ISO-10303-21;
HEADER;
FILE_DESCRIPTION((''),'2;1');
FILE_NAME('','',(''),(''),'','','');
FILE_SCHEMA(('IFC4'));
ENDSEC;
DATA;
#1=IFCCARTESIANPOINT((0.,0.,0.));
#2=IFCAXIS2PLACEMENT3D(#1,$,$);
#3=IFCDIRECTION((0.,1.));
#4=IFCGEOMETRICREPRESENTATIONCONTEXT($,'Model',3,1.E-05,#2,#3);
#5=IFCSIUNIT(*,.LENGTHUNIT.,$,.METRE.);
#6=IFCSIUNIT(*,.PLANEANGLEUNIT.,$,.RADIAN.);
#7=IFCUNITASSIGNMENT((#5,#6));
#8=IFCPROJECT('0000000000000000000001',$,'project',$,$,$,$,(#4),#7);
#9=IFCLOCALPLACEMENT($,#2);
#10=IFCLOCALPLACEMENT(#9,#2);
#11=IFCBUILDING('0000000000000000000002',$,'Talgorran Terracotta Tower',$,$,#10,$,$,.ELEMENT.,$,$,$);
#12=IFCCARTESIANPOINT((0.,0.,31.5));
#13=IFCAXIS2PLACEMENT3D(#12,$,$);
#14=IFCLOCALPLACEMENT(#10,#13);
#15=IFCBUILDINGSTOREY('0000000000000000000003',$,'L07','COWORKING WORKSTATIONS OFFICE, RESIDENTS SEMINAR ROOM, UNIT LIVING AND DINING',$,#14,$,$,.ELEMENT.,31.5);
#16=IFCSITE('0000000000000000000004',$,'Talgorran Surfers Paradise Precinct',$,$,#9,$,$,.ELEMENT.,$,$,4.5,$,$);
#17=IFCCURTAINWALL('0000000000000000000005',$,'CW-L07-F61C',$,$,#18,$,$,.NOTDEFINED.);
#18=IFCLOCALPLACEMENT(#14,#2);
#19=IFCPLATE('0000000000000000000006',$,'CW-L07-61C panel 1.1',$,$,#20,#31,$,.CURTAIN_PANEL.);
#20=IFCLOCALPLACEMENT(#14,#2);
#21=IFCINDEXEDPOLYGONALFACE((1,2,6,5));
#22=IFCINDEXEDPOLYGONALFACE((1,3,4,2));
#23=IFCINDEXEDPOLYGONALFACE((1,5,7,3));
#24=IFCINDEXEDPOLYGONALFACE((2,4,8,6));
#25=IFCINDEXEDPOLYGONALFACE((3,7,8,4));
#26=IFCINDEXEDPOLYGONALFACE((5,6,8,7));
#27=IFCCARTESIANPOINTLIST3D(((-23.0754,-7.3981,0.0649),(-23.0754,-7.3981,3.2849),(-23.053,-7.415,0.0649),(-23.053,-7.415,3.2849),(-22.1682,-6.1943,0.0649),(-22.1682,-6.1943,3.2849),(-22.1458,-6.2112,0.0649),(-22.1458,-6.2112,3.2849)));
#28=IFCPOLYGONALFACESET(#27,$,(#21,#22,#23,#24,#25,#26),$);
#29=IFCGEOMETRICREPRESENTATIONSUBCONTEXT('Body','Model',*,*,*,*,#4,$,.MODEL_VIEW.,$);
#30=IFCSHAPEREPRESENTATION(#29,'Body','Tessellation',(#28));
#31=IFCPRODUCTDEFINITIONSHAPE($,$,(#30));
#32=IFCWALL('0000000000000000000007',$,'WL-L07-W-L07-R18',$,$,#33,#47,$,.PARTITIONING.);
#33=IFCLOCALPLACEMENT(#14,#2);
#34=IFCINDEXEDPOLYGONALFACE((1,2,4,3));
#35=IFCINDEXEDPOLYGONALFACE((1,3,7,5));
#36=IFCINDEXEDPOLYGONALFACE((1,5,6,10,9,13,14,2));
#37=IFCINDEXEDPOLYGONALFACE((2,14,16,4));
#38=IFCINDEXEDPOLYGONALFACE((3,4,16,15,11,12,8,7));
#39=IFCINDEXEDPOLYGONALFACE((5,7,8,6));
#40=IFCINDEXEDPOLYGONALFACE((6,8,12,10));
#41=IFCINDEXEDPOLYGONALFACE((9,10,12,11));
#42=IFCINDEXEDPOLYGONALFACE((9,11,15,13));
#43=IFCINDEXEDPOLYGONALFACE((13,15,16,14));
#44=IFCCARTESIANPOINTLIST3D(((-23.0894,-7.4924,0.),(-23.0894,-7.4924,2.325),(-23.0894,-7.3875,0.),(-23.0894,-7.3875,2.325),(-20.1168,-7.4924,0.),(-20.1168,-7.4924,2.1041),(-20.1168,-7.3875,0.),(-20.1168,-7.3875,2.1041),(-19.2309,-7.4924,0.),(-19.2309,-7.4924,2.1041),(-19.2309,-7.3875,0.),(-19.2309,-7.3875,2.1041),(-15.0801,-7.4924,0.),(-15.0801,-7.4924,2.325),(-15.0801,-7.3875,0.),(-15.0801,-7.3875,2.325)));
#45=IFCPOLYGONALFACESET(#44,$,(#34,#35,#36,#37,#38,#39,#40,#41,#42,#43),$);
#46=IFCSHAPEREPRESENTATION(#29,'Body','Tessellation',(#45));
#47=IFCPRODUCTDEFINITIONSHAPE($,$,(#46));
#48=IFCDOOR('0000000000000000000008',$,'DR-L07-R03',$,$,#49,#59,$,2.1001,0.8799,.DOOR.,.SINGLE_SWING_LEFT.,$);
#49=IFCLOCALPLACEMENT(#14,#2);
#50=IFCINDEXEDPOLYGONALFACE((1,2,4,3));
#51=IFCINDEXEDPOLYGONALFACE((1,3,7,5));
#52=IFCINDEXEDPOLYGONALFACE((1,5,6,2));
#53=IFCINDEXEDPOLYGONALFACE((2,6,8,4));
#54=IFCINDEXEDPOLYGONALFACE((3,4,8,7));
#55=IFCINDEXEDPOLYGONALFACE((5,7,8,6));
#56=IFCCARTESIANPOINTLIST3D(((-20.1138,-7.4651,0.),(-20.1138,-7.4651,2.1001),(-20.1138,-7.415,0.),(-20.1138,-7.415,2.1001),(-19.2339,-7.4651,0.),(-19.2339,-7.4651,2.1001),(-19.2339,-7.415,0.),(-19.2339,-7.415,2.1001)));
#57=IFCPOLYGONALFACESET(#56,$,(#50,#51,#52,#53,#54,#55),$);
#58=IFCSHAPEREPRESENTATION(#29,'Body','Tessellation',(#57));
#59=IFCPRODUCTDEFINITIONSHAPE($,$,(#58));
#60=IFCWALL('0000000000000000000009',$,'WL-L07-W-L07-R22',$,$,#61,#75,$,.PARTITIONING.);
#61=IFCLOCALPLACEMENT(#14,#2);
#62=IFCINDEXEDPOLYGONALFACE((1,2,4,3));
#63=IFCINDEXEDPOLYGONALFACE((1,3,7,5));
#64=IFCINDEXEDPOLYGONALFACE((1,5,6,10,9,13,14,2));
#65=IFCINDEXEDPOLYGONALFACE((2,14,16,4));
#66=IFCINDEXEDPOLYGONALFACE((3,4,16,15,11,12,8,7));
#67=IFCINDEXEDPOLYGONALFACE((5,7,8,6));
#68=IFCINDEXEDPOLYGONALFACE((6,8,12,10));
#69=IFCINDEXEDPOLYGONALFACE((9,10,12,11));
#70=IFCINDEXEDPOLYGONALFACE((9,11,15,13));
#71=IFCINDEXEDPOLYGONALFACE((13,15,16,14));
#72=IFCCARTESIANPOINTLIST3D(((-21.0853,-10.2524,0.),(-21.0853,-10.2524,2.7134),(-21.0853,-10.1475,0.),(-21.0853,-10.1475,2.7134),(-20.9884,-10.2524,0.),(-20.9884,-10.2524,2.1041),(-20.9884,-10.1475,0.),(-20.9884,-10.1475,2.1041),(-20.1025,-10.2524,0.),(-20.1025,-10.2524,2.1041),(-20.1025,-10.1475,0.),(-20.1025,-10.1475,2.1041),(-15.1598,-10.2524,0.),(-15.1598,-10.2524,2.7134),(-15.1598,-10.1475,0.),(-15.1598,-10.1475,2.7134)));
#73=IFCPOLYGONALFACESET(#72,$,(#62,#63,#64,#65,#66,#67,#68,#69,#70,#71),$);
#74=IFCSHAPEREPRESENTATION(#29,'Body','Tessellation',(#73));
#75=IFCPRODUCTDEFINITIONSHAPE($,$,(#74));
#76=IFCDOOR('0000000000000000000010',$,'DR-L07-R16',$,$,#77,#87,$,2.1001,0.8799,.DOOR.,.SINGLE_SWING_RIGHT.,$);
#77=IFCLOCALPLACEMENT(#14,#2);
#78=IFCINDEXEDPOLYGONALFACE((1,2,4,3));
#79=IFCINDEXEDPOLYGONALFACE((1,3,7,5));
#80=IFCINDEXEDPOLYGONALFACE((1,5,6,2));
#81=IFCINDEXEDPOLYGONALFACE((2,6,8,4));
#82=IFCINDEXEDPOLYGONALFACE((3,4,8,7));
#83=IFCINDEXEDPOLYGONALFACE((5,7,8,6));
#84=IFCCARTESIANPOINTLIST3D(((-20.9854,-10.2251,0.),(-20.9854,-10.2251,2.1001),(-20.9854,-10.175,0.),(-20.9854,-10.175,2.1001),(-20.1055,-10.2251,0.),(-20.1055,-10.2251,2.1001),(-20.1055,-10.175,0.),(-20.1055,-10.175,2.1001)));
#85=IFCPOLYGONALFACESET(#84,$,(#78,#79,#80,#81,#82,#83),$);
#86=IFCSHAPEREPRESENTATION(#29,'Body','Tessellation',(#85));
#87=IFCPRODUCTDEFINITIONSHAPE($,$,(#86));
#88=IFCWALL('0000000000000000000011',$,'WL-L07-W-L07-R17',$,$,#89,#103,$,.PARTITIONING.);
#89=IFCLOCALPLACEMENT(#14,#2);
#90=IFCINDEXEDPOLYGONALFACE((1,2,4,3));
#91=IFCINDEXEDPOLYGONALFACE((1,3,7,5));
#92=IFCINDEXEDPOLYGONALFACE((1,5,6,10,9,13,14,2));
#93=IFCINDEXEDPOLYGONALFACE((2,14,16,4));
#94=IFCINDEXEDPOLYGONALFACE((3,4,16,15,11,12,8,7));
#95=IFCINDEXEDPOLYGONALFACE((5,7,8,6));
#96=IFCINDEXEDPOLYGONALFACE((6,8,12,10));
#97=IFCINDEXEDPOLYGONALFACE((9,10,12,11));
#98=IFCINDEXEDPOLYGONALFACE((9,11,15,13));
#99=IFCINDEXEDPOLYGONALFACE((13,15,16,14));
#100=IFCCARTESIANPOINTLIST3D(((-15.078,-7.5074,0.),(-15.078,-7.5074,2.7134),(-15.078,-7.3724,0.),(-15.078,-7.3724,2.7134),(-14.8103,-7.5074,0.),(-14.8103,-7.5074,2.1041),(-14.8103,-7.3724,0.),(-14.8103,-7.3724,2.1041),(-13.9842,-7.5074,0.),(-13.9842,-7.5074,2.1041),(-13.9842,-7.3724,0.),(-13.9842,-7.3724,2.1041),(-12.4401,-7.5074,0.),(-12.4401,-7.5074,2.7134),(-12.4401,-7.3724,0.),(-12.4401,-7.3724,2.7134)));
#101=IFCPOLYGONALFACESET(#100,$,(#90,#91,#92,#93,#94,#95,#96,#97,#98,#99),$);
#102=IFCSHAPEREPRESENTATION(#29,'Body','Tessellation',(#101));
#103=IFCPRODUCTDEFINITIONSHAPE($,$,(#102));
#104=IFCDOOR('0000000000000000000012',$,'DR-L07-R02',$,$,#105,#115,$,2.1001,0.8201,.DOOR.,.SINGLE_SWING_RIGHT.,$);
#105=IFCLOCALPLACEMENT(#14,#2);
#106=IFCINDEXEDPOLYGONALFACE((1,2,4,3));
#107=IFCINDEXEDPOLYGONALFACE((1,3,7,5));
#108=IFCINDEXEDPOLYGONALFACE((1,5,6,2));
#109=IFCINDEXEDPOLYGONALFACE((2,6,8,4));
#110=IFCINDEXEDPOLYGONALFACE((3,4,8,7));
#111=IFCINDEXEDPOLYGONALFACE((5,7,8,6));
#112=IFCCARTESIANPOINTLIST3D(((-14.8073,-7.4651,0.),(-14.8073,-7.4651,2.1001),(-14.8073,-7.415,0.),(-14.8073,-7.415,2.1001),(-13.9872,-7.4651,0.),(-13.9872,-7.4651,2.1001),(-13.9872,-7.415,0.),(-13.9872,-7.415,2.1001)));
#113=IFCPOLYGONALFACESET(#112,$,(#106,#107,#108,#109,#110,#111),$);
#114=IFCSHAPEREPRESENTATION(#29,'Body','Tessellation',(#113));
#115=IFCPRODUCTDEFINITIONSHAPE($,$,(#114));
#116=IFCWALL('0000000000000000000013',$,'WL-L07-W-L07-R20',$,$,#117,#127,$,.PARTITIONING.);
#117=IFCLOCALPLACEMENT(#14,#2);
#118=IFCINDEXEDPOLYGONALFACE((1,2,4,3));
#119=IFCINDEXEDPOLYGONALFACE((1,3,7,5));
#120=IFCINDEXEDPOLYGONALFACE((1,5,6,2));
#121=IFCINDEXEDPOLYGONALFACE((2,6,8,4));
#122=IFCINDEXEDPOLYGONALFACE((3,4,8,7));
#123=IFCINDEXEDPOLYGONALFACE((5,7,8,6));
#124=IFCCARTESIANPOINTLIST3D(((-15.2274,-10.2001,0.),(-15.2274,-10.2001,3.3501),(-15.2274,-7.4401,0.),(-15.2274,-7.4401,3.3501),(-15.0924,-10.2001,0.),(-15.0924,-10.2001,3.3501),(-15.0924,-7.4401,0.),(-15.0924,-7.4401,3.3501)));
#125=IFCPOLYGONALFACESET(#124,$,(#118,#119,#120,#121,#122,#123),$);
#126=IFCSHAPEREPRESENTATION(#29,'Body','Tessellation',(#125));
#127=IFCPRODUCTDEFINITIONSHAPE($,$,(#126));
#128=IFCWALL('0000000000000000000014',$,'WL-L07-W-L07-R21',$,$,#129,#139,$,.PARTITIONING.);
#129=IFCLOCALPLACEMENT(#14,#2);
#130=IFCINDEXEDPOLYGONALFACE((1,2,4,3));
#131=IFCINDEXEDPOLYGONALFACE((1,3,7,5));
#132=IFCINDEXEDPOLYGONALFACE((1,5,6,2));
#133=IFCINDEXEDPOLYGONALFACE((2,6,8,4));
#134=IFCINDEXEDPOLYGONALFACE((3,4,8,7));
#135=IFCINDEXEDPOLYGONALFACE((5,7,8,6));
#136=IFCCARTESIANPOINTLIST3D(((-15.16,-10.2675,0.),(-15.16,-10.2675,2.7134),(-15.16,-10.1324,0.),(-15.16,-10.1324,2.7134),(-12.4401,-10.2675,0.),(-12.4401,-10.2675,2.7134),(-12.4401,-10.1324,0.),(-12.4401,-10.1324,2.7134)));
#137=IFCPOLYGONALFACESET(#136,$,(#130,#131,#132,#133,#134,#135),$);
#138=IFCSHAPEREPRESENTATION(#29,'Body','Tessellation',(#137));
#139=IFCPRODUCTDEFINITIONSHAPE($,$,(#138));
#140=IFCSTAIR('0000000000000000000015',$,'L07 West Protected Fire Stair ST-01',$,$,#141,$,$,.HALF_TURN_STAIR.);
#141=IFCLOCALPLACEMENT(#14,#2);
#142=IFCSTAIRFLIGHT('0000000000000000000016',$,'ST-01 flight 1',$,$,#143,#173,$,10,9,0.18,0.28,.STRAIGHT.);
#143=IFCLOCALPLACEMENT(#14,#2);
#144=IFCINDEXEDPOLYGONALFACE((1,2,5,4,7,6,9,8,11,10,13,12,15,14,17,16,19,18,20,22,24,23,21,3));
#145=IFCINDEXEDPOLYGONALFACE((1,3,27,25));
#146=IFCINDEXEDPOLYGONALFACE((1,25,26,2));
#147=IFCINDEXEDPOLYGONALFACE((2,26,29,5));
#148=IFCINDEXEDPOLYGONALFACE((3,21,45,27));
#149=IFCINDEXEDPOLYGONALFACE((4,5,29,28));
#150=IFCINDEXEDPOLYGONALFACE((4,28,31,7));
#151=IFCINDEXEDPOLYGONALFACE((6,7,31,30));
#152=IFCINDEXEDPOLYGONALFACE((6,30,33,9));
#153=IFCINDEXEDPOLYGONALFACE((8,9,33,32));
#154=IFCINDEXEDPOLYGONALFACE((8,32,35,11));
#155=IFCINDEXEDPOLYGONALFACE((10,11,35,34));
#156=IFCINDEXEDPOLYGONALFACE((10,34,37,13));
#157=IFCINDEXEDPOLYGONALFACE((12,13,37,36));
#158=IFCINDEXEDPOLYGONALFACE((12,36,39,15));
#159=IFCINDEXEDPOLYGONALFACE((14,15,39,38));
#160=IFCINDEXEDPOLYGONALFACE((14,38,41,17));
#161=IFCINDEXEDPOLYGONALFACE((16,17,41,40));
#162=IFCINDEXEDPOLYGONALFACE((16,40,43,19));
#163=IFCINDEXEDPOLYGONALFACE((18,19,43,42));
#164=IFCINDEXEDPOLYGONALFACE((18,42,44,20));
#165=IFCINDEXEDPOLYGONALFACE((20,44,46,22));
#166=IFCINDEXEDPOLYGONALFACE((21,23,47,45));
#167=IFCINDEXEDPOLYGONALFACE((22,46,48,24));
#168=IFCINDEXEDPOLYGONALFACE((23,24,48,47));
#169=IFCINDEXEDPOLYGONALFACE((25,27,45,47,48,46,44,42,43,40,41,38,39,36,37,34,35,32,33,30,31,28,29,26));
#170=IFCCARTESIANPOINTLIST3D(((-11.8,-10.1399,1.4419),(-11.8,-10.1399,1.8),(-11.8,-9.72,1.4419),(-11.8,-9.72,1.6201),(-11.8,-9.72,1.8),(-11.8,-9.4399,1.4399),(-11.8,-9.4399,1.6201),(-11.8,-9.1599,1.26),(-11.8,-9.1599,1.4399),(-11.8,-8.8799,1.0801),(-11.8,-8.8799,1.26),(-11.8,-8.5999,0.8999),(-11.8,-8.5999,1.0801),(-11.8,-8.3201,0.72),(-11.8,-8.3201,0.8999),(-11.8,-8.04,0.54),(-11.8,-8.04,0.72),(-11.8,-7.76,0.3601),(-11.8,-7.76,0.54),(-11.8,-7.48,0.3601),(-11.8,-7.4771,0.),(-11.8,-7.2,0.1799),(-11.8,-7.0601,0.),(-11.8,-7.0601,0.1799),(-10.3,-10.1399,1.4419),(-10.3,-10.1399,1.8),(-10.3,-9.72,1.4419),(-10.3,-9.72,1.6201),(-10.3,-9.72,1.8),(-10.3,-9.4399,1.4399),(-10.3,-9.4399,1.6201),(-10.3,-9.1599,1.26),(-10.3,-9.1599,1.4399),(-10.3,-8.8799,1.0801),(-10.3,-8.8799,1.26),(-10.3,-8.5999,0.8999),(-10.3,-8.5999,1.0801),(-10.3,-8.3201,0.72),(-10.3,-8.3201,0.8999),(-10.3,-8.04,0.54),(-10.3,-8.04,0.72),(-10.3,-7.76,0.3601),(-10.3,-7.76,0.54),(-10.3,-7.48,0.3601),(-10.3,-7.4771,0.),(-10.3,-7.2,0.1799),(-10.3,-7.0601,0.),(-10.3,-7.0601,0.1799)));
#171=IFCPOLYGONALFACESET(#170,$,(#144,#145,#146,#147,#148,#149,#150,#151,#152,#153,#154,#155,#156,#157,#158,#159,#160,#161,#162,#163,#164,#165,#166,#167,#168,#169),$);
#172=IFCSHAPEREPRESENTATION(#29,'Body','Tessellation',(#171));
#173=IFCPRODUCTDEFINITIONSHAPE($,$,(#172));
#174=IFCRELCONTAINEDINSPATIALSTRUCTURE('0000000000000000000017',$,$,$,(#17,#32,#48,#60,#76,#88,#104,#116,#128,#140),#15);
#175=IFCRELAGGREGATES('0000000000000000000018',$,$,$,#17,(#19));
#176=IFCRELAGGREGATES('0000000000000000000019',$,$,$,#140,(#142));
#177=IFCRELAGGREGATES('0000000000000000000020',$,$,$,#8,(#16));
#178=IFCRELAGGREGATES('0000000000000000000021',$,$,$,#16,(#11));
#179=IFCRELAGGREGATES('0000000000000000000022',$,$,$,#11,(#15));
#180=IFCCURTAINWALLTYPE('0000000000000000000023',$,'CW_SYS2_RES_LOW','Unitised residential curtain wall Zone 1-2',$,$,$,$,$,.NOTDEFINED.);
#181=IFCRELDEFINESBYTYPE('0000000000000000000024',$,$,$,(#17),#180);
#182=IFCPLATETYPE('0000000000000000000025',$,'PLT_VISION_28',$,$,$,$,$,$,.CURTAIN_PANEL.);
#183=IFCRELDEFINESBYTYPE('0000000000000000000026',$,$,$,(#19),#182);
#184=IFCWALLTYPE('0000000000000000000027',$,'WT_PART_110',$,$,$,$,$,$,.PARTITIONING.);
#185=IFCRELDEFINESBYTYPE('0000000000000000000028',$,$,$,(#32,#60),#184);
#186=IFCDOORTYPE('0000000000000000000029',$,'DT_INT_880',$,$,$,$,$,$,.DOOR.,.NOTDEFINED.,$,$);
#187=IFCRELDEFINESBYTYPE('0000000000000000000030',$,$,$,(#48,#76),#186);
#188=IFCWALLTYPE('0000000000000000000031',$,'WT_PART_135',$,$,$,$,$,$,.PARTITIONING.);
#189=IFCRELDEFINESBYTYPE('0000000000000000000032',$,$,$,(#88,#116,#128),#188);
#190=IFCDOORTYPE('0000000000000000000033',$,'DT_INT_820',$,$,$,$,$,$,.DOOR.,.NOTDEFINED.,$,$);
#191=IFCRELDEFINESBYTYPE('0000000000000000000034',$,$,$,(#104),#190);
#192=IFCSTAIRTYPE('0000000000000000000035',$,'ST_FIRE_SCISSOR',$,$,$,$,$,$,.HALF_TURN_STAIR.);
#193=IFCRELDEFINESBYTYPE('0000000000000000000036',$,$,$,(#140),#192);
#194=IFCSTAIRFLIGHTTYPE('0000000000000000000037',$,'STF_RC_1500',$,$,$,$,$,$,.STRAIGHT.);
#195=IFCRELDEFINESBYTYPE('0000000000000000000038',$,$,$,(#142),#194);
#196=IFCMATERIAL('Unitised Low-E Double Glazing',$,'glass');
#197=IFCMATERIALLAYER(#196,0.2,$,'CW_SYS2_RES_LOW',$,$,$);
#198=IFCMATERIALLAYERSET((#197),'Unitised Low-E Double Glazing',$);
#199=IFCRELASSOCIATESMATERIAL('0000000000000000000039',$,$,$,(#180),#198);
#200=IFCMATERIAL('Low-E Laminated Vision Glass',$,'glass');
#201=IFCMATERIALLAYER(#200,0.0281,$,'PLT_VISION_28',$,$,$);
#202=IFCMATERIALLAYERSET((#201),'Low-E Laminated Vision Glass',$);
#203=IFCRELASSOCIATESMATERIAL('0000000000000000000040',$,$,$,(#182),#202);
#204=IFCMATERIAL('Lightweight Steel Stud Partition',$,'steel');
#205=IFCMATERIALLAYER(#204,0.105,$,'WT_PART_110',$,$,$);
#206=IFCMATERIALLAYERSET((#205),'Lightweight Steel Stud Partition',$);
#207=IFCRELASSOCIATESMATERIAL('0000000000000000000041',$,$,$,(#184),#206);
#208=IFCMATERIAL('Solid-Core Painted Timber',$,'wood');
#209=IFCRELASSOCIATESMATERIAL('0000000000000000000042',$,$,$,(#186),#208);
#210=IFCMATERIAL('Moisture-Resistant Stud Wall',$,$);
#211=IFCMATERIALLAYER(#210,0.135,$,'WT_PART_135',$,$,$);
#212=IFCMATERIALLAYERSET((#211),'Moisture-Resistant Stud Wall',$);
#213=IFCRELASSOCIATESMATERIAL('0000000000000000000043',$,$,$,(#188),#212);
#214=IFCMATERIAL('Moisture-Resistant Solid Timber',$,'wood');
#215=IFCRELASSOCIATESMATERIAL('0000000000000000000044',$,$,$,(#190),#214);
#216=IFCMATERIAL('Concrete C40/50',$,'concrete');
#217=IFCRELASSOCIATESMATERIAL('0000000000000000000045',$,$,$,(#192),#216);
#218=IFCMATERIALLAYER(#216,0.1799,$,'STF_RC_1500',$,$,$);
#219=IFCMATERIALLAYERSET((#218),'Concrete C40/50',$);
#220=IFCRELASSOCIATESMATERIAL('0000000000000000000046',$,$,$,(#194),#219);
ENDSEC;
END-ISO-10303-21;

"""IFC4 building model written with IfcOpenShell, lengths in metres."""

from ifc_helpers import new_model, si_unit, direction, frame, frame_2d, origin, origin_2d, place, context, subcontext, project, spatial, polyline, rectangle, outline, extrude, source, transform, mapped, material, layer, layer_set, type_object, element, fill, aggregate, save


model = new_model("IFC4")

# Units and contexts
model_context = context("Model", 3, precision=1e-05, world=origin(), true_north=direction((0.0, 1.0)))
body_context = subcontext(model_context, "Body", "Model", "MODEL_VIEW")
ifc_project = project(units=[si_unit("LENGTHUNIT", "METRE"), si_unit("PLANEANGLEUNIT", "RADIAN")], contexts=[model_context])

# Site, building, storey
site_placement = place(None, origin())
site = spatial("IfcSite", under=ifc_project, at=site_placement, Name="Talgorran Surfers Paradise Precinct", CompositionType="ELEMENT", RefElevation=4.5)
building_placement = place(site_placement, origin())
building = spatial("IfcBuilding", under=site, at=building_placement, Name="Talgorran Terracotta Tower", CompositionType="ELEMENT")
storey_placement = place(building_placement, frame((0.0, 0.0, 31.5)))
storey = spatial("IfcBuildingStorey", under=building, at=storey_placement, Name="L07", Description="COWORKING WORKSTATIONS OFFICE, RESIDENTS SEMINAR ROOM, UNIT LIVING AND DINING", CompositionType="ELEMENT", Elevation=31.5)

# Shared definitions
ifc_material_1 = material(Name="Unitised Low-E Double Glazing", Category="glass")
ifc_layer_1 = layer(ifc_material_1, 0.2, Name="CW_SYS2_RES_LOW")
ifc_layer_set_1 = layer_set([ifc_layer_1], Name="Unitised Low-E Double Glazing")
curtain_wall_type = type_object("IfcCurtainWallType", Name="CW_SYS2_RES_LOW", Description="Unitised residential curtain wall Zone 1-2", PredefinedType="NOTDEFINED", material=ifc_layer_set_1)

# Curtain wall
curtain_wall_1_placement = place(storey_placement, origin())
curtain_wall_1 = element("IfcCurtainWall", 1, at=curtain_wall_1_placement, inside=storey, type_object=curtain_wall_type, Name="CW-L07-F61C", PredefinedType="NOTDEFINED")

# Plate
ifc_material_2 = material(Name="Low-E Laminated Vision Glass", Category="glass")
ifc_layer_2 = layer(ifc_material_2, 0.0281, Name="PLT_VISION_28")
ifc_layer_set_2 = layer_set([ifc_layer_2], Name="Low-E Laminated Vision Glass")
plate_type = type_object("IfcPlateType", Name="PLT_VISION_28", PredefinedType="CURTAIN_PANEL", material=ifc_layer_set_2)
shared_shape_1 = source(origin(), body_context, "Body", "SweptSolid", [
    extrude(rectangle(XDim=1.5073, YDim=0.0281, at=origin_2d()), origin(), (0.0, 0.0, 1.0), 3.22),
])
plate_1_placement = place(storey_placement, frame((-22.6106, -6.8047, 0.0649), z_axis=(0.0, 0.0, 1.0), x_axis=(-0.601836, -0.79862, 0.0)))
plate_1 = element("IfcPlate", 2, at=plate_1_placement, type_object=plate_type, Name="CW-L07-61C panel 1.1", PredefinedType="CURTAIN_PANEL", context=body_context, shape_type="MappedRepresentation", body=[
    mapped(shared_shape_1, transform((0.0, 0.0, 0.0), scale=1.0)),
])
aggregate(curtain_wall_1, [plate_1])

# Walls, openings, doors
ifc_material_3 = material(Name="Lightweight Steel Stud Partition", Category="steel")
ifc_layer_3 = layer(ifc_material_3, 0.105, Name="WT_PART_110")
ifc_layer_set_3 = layer_set([ifc_layer_3], Name="Lightweight Steel Stud Partition")
wall_type_1 = type_object("IfcWallType", Name="WT_PART_110", PredefinedType="PARTITIONING", material=ifc_layer_set_3)
wall_1_placement = place(storey_placement, frame((-23.0894, -7.4399, 0.0), z_axis=(0.0, 0.0, 1.0), x_axis=(1.0, 0.0, 0.0)))
wall_1 = element("IfcWall", 3, at=wall_1_placement, inside=storey, type_object=wall_type_1, Name="WL-L07-W-L07-R18", PredefinedType="PARTITIONING", context=body_context, shape_type="SweptSolid", body=[
    extrude(rectangle(XDim=8.0093, YDim=0.105, at=frame_2d((4.0046, 0.0))), origin(), (0.0, 0.0, 1.0), 2.325),
])
opening_1_placement = place(wall_1_placement, frame((2.9756, 0.0, 0.0)))
opening_1 = element("IfcOpeningElement", 4, at=opening_1_placement, cuts=wall_1, PredefinedType="OPENING", context=body_context, shape_type="SweptSolid", body=[
    extrude(rectangle(XDim=0.8859, YDim=2.1041, at=frame_2d((0.4399, 1.052))), frame((0.0, 0.0625, 0.0), z_axis=(0.0, -1.0, 0.0), x_axis=(1.0, 0.0, 0.0)), (0.0, 0.0, 1.0), 0.125),
])
ifc_material_4 = material(Name="Solid-Core Painted Timber", Category="wood")
door_type_1 = type_object("IfcDoorType", Name="DT_INT_880", OperationType="NOTDEFINED", PredefinedType="DOOR", material=ifc_material_4)
door_1_placement = place(opening_1_placement, origin())
door_1 = element("IfcDoor", 5, at=door_1_placement, inside=storey, type_object=door_type_1, Name="DR-L07-R03", OperationType="SINGLE_SWING_LEFT", OverallHeight=2.1001, OverallWidth=0.8799, PredefinedType="DOOR", context=body_context, shape_type="SweptSolid", body=[
    extrude(rectangle(XDim=0.8799, YDim=2.1001, at=frame_2d((0.4399, 1.05))), frame((0.0, 0.0249, 0.0), z_axis=(0.0, -1.0, 0.0), x_axis=(1.0, 0.0, 0.0)), (0.0, 0.0, 1.0), 0.05),
])
fill(opening_1, door_1)
wall_2_placement = place(storey_placement, frame((-21.0854, -10.2, 0.0), z_axis=(0.0, 0.0, 1.0), x_axis=(1.0, 0.0, 0.0)))
wall_2 = element("IfcWall", 6, at=wall_2_placement, inside=storey, type_object=wall_type_1, Name="WL-L07-W-L07-R22", PredefinedType="PARTITIONING", context=body_context, shape_type="SweptSolid", body=[
    extrude(rectangle(XDim=5.9255, YDim=0.105, at=frame_2d((2.9629, 0.0))), origin(), (0.0, 0.0, 1.0), 2.7134),
])
opening_2_placement = place(wall_2_placement, frame((0.1001, 0.0, 0.0)))
opening_2 = element("IfcOpeningElement", 7, at=opening_2_placement, cuts=wall_2, PredefinedType="OPENING", context=body_context, shape_type="SweptSolid", body=[
    extrude(rectangle(XDim=0.8859, YDim=2.1041, at=frame_2d((0.4399, 1.052))), frame((0.0, 0.0625, 0.0), z_axis=(0.0, -1.0, 0.0), x_axis=(1.0, 0.0, 0.0)), (0.0, 0.0, 1.0), 0.125),
])
door_2_placement = place(opening_2_placement, origin())
door_2 = element("IfcDoor", 8, at=door_2_placement, inside=storey, type_object=door_type_1, Name="DR-L07-R16", OperationType="SINGLE_SWING_RIGHT", OverallHeight=2.1001, OverallWidth=0.8799, PredefinedType="DOOR", context=body_context, shape_type="SweptSolid", body=[
    extrude(rectangle(XDim=0.8799, YDim=2.1001, at=frame_2d((0.4399, 1.05))), frame((0.0, 0.0249, 0.0), z_axis=(0.0, -1.0, 0.0), x_axis=(1.0, 0.0, 0.0)), (0.0, 0.0, 1.0), 0.05),
])
fill(opening_2, door_2)
ifc_material_5 = material(Name="Moisture-Resistant Stud Wall")
ifc_layer_4 = layer(ifc_material_5, 0.135, Name="WT_PART_135")
ifc_layer_set_4 = layer_set([ifc_layer_4], Name="Moisture-Resistant Stud Wall")
wall_type_2 = type_object("IfcWallType", Name="WT_PART_135", PredefinedType="PARTITIONING", material=ifc_layer_set_4)
wall_3_placement = place(storey_placement, frame((-15.0779, -7.4399, 0.0), z_axis=(0.0, 0.0, 1.0), x_axis=(1.0, 0.0, 0.0)))
wall_3 = element("IfcWall", 9, at=wall_3_placement, inside=storey, type_object=wall_type_2, Name="WL-L07-W-L07-R17", PredefinedType="PARTITIONING", context=body_context, shape_type="SweptSolid", body=[
    extrude(rectangle(XDim=2.6379, YDim=0.135, at=frame_2d((1.3188, 0.0))), origin(), (0.0, 0.0, 1.0), 2.7134),
])
opening_3_placement = place(wall_3_placement, frame((0.2705, 0.0, 0.0)))
opening_3 = element("IfcOpeningElement", 10, at=opening_3_placement, cuts=wall_3, PredefinedType="OPENING", context=body_context, shape_type="SweptSolid", body=[
    extrude(rectangle(XDim=0.8261, YDim=2.1041, at=frame_2d((0.4102, 1.052))), frame((0.0, 0.0776, 0.0), z_axis=(0.0, -1.0, 0.0), x_axis=(1.0, 0.0, 0.0)), (0.0, 0.0, 1.0), 0.155),
])
ifc_material_6 = material(Name="Moisture-Resistant Solid Timber", Category="wood")
door_type_2 = type_object("IfcDoorType", Name="DT_INT_820", OperationType="NOTDEFINED", PredefinedType="DOOR", material=ifc_material_6)
door_3_placement = place(opening_3_placement, origin())
door_3 = element("IfcDoor", 11, at=door_3_placement, inside=storey, type_object=door_type_2, Name="DR-L07-R02", OperationType="SINGLE_SWING_RIGHT", OverallHeight=2.1001, OverallWidth=0.8201, PredefinedType="DOOR", context=body_context, shape_type="SweptSolid", body=[
    extrude(rectangle(XDim=0.8201, YDim=2.1001, at=frame_2d((0.4102, 1.05))), frame((0.0, 0.0249, 0.0), z_axis=(0.0, -1.0, 0.0), x_axis=(1.0, 0.0, 0.0)), (0.0, 0.0, 1.0), 0.05),
])
fill(opening_3, door_3)

# Walls
wall_4_placement = place(storey_placement, frame((-15.1599, -10.2, 0.0), z_axis=(0.0, 0.0, 1.0), x_axis=(0.0, 1.0, 0.0)))
element("IfcWall", 12, at=wall_4_placement, inside=storey, type_object=wall_type_2, Name="WL-L07-W-L07-R20", PredefinedType="PARTITIONING", context=body_context, shape_type="SweptSolid", body=[
    extrude(rectangle(XDim=2.76, YDim=0.135, at=frame_2d((1.3799, 0.0))), origin(), (0.0, 0.0, 1.0), 3.3501),
])
wall_5_placement = place(storey_placement, frame((-15.1599, -10.2, 0.0), z_axis=(0.0, 0.0, 1.0), x_axis=(1.0, 0.0, 0.0)))
element("IfcWall", 13, at=wall_5_placement, inside=storey, type_object=wall_type_2, Name="WL-L07-W-L07-R21", PredefinedType="PARTITIONING", context=body_context, shape_type="SweptSolid", body=[
    extrude(rectangle(XDim=2.72, YDim=0.135, at=frame_2d((1.3599, 0.0))), origin(), (0.0, 0.0, 1.0), 2.7134),
])

# Stair, stair flight
ifc_material_7 = material(Name="Concrete C40/50", Category="concrete")
stair_type = type_object("IfcStairType", Name="ST_FIRE_SCISSOR", PredefinedType="HALF_TURN_STAIR", material=ifc_material_7)
stair_placement = place(storey_placement, origin())
stair = element("IfcStair", 14, at=stair_placement, inside=storey, type_object=stair_type, Name="L07 West Protected Fire Stair ST-01", PredefinedType="HALF_TURN_STAIR")
ifc_layer_5 = layer(ifc_material_7, 0.1799, Name="STF_RC_1500")
ifc_layer_set_5 = layer_set([ifc_layer_5], Name="Concrete C40/50")
stair_flight_type = type_object("IfcStairFlightType", Name="STF_RC_1500", PredefinedType="STRAIGHT", material=ifc_layer_set_5)
stair_flight_placement = place(storey_placement, frame((-11.05, -7.2, 0.0), z_axis=(0.0, 0.0, 1.0), x_axis=(0.0, -1.0, 0.0)))
stair_flight = element("IfcStairFlight", 15, at=stair_flight_placement, type_object=stair_flight_type, Name="ST-01 flight 1", NumberOfRisers=10, NumberOfTreads=9, PredefinedType="STRAIGHT", RiserHeight=0.18, TreadLength=0.28, context=body_context, shape_type="SweptSolid", body=[
    extrude(outline(polyline([(-0.1399, 0.0), (-0.1399, 0.1799), (0.0, 0.1799), (0.28, 0.3601), (0.5601, 0.3601), (0.5601, 0.54), (0.8401, 0.54), (0.8401, 0.72), (1.1201, 0.72), (1.1201, 0.8999), (1.3999, 0.8999), (1.3999, 1.0801), (1.6799, 1.0801), (1.6799, 1.26), (1.96, 1.26), (1.96, 1.4399), (2.24, 1.4399), (2.24, 1.6201), (2.52, 1.6201), (2.52, 1.8), (2.9399, 1.8), (2.9399, 1.4419), (2.52, 1.4419), (0.2771, 0.0), (-0.1399, 0.0)])), frame((0.0, 0.75, 0.0), z_axis=(0.0, -1.0, 0.0), x_axis=(1.0, 0.0, 0.0)), (0.0, 0.0, 1.0), 1.5),
])
aggregate(stair, [stair_flight])

save(model, "model.ifc")
